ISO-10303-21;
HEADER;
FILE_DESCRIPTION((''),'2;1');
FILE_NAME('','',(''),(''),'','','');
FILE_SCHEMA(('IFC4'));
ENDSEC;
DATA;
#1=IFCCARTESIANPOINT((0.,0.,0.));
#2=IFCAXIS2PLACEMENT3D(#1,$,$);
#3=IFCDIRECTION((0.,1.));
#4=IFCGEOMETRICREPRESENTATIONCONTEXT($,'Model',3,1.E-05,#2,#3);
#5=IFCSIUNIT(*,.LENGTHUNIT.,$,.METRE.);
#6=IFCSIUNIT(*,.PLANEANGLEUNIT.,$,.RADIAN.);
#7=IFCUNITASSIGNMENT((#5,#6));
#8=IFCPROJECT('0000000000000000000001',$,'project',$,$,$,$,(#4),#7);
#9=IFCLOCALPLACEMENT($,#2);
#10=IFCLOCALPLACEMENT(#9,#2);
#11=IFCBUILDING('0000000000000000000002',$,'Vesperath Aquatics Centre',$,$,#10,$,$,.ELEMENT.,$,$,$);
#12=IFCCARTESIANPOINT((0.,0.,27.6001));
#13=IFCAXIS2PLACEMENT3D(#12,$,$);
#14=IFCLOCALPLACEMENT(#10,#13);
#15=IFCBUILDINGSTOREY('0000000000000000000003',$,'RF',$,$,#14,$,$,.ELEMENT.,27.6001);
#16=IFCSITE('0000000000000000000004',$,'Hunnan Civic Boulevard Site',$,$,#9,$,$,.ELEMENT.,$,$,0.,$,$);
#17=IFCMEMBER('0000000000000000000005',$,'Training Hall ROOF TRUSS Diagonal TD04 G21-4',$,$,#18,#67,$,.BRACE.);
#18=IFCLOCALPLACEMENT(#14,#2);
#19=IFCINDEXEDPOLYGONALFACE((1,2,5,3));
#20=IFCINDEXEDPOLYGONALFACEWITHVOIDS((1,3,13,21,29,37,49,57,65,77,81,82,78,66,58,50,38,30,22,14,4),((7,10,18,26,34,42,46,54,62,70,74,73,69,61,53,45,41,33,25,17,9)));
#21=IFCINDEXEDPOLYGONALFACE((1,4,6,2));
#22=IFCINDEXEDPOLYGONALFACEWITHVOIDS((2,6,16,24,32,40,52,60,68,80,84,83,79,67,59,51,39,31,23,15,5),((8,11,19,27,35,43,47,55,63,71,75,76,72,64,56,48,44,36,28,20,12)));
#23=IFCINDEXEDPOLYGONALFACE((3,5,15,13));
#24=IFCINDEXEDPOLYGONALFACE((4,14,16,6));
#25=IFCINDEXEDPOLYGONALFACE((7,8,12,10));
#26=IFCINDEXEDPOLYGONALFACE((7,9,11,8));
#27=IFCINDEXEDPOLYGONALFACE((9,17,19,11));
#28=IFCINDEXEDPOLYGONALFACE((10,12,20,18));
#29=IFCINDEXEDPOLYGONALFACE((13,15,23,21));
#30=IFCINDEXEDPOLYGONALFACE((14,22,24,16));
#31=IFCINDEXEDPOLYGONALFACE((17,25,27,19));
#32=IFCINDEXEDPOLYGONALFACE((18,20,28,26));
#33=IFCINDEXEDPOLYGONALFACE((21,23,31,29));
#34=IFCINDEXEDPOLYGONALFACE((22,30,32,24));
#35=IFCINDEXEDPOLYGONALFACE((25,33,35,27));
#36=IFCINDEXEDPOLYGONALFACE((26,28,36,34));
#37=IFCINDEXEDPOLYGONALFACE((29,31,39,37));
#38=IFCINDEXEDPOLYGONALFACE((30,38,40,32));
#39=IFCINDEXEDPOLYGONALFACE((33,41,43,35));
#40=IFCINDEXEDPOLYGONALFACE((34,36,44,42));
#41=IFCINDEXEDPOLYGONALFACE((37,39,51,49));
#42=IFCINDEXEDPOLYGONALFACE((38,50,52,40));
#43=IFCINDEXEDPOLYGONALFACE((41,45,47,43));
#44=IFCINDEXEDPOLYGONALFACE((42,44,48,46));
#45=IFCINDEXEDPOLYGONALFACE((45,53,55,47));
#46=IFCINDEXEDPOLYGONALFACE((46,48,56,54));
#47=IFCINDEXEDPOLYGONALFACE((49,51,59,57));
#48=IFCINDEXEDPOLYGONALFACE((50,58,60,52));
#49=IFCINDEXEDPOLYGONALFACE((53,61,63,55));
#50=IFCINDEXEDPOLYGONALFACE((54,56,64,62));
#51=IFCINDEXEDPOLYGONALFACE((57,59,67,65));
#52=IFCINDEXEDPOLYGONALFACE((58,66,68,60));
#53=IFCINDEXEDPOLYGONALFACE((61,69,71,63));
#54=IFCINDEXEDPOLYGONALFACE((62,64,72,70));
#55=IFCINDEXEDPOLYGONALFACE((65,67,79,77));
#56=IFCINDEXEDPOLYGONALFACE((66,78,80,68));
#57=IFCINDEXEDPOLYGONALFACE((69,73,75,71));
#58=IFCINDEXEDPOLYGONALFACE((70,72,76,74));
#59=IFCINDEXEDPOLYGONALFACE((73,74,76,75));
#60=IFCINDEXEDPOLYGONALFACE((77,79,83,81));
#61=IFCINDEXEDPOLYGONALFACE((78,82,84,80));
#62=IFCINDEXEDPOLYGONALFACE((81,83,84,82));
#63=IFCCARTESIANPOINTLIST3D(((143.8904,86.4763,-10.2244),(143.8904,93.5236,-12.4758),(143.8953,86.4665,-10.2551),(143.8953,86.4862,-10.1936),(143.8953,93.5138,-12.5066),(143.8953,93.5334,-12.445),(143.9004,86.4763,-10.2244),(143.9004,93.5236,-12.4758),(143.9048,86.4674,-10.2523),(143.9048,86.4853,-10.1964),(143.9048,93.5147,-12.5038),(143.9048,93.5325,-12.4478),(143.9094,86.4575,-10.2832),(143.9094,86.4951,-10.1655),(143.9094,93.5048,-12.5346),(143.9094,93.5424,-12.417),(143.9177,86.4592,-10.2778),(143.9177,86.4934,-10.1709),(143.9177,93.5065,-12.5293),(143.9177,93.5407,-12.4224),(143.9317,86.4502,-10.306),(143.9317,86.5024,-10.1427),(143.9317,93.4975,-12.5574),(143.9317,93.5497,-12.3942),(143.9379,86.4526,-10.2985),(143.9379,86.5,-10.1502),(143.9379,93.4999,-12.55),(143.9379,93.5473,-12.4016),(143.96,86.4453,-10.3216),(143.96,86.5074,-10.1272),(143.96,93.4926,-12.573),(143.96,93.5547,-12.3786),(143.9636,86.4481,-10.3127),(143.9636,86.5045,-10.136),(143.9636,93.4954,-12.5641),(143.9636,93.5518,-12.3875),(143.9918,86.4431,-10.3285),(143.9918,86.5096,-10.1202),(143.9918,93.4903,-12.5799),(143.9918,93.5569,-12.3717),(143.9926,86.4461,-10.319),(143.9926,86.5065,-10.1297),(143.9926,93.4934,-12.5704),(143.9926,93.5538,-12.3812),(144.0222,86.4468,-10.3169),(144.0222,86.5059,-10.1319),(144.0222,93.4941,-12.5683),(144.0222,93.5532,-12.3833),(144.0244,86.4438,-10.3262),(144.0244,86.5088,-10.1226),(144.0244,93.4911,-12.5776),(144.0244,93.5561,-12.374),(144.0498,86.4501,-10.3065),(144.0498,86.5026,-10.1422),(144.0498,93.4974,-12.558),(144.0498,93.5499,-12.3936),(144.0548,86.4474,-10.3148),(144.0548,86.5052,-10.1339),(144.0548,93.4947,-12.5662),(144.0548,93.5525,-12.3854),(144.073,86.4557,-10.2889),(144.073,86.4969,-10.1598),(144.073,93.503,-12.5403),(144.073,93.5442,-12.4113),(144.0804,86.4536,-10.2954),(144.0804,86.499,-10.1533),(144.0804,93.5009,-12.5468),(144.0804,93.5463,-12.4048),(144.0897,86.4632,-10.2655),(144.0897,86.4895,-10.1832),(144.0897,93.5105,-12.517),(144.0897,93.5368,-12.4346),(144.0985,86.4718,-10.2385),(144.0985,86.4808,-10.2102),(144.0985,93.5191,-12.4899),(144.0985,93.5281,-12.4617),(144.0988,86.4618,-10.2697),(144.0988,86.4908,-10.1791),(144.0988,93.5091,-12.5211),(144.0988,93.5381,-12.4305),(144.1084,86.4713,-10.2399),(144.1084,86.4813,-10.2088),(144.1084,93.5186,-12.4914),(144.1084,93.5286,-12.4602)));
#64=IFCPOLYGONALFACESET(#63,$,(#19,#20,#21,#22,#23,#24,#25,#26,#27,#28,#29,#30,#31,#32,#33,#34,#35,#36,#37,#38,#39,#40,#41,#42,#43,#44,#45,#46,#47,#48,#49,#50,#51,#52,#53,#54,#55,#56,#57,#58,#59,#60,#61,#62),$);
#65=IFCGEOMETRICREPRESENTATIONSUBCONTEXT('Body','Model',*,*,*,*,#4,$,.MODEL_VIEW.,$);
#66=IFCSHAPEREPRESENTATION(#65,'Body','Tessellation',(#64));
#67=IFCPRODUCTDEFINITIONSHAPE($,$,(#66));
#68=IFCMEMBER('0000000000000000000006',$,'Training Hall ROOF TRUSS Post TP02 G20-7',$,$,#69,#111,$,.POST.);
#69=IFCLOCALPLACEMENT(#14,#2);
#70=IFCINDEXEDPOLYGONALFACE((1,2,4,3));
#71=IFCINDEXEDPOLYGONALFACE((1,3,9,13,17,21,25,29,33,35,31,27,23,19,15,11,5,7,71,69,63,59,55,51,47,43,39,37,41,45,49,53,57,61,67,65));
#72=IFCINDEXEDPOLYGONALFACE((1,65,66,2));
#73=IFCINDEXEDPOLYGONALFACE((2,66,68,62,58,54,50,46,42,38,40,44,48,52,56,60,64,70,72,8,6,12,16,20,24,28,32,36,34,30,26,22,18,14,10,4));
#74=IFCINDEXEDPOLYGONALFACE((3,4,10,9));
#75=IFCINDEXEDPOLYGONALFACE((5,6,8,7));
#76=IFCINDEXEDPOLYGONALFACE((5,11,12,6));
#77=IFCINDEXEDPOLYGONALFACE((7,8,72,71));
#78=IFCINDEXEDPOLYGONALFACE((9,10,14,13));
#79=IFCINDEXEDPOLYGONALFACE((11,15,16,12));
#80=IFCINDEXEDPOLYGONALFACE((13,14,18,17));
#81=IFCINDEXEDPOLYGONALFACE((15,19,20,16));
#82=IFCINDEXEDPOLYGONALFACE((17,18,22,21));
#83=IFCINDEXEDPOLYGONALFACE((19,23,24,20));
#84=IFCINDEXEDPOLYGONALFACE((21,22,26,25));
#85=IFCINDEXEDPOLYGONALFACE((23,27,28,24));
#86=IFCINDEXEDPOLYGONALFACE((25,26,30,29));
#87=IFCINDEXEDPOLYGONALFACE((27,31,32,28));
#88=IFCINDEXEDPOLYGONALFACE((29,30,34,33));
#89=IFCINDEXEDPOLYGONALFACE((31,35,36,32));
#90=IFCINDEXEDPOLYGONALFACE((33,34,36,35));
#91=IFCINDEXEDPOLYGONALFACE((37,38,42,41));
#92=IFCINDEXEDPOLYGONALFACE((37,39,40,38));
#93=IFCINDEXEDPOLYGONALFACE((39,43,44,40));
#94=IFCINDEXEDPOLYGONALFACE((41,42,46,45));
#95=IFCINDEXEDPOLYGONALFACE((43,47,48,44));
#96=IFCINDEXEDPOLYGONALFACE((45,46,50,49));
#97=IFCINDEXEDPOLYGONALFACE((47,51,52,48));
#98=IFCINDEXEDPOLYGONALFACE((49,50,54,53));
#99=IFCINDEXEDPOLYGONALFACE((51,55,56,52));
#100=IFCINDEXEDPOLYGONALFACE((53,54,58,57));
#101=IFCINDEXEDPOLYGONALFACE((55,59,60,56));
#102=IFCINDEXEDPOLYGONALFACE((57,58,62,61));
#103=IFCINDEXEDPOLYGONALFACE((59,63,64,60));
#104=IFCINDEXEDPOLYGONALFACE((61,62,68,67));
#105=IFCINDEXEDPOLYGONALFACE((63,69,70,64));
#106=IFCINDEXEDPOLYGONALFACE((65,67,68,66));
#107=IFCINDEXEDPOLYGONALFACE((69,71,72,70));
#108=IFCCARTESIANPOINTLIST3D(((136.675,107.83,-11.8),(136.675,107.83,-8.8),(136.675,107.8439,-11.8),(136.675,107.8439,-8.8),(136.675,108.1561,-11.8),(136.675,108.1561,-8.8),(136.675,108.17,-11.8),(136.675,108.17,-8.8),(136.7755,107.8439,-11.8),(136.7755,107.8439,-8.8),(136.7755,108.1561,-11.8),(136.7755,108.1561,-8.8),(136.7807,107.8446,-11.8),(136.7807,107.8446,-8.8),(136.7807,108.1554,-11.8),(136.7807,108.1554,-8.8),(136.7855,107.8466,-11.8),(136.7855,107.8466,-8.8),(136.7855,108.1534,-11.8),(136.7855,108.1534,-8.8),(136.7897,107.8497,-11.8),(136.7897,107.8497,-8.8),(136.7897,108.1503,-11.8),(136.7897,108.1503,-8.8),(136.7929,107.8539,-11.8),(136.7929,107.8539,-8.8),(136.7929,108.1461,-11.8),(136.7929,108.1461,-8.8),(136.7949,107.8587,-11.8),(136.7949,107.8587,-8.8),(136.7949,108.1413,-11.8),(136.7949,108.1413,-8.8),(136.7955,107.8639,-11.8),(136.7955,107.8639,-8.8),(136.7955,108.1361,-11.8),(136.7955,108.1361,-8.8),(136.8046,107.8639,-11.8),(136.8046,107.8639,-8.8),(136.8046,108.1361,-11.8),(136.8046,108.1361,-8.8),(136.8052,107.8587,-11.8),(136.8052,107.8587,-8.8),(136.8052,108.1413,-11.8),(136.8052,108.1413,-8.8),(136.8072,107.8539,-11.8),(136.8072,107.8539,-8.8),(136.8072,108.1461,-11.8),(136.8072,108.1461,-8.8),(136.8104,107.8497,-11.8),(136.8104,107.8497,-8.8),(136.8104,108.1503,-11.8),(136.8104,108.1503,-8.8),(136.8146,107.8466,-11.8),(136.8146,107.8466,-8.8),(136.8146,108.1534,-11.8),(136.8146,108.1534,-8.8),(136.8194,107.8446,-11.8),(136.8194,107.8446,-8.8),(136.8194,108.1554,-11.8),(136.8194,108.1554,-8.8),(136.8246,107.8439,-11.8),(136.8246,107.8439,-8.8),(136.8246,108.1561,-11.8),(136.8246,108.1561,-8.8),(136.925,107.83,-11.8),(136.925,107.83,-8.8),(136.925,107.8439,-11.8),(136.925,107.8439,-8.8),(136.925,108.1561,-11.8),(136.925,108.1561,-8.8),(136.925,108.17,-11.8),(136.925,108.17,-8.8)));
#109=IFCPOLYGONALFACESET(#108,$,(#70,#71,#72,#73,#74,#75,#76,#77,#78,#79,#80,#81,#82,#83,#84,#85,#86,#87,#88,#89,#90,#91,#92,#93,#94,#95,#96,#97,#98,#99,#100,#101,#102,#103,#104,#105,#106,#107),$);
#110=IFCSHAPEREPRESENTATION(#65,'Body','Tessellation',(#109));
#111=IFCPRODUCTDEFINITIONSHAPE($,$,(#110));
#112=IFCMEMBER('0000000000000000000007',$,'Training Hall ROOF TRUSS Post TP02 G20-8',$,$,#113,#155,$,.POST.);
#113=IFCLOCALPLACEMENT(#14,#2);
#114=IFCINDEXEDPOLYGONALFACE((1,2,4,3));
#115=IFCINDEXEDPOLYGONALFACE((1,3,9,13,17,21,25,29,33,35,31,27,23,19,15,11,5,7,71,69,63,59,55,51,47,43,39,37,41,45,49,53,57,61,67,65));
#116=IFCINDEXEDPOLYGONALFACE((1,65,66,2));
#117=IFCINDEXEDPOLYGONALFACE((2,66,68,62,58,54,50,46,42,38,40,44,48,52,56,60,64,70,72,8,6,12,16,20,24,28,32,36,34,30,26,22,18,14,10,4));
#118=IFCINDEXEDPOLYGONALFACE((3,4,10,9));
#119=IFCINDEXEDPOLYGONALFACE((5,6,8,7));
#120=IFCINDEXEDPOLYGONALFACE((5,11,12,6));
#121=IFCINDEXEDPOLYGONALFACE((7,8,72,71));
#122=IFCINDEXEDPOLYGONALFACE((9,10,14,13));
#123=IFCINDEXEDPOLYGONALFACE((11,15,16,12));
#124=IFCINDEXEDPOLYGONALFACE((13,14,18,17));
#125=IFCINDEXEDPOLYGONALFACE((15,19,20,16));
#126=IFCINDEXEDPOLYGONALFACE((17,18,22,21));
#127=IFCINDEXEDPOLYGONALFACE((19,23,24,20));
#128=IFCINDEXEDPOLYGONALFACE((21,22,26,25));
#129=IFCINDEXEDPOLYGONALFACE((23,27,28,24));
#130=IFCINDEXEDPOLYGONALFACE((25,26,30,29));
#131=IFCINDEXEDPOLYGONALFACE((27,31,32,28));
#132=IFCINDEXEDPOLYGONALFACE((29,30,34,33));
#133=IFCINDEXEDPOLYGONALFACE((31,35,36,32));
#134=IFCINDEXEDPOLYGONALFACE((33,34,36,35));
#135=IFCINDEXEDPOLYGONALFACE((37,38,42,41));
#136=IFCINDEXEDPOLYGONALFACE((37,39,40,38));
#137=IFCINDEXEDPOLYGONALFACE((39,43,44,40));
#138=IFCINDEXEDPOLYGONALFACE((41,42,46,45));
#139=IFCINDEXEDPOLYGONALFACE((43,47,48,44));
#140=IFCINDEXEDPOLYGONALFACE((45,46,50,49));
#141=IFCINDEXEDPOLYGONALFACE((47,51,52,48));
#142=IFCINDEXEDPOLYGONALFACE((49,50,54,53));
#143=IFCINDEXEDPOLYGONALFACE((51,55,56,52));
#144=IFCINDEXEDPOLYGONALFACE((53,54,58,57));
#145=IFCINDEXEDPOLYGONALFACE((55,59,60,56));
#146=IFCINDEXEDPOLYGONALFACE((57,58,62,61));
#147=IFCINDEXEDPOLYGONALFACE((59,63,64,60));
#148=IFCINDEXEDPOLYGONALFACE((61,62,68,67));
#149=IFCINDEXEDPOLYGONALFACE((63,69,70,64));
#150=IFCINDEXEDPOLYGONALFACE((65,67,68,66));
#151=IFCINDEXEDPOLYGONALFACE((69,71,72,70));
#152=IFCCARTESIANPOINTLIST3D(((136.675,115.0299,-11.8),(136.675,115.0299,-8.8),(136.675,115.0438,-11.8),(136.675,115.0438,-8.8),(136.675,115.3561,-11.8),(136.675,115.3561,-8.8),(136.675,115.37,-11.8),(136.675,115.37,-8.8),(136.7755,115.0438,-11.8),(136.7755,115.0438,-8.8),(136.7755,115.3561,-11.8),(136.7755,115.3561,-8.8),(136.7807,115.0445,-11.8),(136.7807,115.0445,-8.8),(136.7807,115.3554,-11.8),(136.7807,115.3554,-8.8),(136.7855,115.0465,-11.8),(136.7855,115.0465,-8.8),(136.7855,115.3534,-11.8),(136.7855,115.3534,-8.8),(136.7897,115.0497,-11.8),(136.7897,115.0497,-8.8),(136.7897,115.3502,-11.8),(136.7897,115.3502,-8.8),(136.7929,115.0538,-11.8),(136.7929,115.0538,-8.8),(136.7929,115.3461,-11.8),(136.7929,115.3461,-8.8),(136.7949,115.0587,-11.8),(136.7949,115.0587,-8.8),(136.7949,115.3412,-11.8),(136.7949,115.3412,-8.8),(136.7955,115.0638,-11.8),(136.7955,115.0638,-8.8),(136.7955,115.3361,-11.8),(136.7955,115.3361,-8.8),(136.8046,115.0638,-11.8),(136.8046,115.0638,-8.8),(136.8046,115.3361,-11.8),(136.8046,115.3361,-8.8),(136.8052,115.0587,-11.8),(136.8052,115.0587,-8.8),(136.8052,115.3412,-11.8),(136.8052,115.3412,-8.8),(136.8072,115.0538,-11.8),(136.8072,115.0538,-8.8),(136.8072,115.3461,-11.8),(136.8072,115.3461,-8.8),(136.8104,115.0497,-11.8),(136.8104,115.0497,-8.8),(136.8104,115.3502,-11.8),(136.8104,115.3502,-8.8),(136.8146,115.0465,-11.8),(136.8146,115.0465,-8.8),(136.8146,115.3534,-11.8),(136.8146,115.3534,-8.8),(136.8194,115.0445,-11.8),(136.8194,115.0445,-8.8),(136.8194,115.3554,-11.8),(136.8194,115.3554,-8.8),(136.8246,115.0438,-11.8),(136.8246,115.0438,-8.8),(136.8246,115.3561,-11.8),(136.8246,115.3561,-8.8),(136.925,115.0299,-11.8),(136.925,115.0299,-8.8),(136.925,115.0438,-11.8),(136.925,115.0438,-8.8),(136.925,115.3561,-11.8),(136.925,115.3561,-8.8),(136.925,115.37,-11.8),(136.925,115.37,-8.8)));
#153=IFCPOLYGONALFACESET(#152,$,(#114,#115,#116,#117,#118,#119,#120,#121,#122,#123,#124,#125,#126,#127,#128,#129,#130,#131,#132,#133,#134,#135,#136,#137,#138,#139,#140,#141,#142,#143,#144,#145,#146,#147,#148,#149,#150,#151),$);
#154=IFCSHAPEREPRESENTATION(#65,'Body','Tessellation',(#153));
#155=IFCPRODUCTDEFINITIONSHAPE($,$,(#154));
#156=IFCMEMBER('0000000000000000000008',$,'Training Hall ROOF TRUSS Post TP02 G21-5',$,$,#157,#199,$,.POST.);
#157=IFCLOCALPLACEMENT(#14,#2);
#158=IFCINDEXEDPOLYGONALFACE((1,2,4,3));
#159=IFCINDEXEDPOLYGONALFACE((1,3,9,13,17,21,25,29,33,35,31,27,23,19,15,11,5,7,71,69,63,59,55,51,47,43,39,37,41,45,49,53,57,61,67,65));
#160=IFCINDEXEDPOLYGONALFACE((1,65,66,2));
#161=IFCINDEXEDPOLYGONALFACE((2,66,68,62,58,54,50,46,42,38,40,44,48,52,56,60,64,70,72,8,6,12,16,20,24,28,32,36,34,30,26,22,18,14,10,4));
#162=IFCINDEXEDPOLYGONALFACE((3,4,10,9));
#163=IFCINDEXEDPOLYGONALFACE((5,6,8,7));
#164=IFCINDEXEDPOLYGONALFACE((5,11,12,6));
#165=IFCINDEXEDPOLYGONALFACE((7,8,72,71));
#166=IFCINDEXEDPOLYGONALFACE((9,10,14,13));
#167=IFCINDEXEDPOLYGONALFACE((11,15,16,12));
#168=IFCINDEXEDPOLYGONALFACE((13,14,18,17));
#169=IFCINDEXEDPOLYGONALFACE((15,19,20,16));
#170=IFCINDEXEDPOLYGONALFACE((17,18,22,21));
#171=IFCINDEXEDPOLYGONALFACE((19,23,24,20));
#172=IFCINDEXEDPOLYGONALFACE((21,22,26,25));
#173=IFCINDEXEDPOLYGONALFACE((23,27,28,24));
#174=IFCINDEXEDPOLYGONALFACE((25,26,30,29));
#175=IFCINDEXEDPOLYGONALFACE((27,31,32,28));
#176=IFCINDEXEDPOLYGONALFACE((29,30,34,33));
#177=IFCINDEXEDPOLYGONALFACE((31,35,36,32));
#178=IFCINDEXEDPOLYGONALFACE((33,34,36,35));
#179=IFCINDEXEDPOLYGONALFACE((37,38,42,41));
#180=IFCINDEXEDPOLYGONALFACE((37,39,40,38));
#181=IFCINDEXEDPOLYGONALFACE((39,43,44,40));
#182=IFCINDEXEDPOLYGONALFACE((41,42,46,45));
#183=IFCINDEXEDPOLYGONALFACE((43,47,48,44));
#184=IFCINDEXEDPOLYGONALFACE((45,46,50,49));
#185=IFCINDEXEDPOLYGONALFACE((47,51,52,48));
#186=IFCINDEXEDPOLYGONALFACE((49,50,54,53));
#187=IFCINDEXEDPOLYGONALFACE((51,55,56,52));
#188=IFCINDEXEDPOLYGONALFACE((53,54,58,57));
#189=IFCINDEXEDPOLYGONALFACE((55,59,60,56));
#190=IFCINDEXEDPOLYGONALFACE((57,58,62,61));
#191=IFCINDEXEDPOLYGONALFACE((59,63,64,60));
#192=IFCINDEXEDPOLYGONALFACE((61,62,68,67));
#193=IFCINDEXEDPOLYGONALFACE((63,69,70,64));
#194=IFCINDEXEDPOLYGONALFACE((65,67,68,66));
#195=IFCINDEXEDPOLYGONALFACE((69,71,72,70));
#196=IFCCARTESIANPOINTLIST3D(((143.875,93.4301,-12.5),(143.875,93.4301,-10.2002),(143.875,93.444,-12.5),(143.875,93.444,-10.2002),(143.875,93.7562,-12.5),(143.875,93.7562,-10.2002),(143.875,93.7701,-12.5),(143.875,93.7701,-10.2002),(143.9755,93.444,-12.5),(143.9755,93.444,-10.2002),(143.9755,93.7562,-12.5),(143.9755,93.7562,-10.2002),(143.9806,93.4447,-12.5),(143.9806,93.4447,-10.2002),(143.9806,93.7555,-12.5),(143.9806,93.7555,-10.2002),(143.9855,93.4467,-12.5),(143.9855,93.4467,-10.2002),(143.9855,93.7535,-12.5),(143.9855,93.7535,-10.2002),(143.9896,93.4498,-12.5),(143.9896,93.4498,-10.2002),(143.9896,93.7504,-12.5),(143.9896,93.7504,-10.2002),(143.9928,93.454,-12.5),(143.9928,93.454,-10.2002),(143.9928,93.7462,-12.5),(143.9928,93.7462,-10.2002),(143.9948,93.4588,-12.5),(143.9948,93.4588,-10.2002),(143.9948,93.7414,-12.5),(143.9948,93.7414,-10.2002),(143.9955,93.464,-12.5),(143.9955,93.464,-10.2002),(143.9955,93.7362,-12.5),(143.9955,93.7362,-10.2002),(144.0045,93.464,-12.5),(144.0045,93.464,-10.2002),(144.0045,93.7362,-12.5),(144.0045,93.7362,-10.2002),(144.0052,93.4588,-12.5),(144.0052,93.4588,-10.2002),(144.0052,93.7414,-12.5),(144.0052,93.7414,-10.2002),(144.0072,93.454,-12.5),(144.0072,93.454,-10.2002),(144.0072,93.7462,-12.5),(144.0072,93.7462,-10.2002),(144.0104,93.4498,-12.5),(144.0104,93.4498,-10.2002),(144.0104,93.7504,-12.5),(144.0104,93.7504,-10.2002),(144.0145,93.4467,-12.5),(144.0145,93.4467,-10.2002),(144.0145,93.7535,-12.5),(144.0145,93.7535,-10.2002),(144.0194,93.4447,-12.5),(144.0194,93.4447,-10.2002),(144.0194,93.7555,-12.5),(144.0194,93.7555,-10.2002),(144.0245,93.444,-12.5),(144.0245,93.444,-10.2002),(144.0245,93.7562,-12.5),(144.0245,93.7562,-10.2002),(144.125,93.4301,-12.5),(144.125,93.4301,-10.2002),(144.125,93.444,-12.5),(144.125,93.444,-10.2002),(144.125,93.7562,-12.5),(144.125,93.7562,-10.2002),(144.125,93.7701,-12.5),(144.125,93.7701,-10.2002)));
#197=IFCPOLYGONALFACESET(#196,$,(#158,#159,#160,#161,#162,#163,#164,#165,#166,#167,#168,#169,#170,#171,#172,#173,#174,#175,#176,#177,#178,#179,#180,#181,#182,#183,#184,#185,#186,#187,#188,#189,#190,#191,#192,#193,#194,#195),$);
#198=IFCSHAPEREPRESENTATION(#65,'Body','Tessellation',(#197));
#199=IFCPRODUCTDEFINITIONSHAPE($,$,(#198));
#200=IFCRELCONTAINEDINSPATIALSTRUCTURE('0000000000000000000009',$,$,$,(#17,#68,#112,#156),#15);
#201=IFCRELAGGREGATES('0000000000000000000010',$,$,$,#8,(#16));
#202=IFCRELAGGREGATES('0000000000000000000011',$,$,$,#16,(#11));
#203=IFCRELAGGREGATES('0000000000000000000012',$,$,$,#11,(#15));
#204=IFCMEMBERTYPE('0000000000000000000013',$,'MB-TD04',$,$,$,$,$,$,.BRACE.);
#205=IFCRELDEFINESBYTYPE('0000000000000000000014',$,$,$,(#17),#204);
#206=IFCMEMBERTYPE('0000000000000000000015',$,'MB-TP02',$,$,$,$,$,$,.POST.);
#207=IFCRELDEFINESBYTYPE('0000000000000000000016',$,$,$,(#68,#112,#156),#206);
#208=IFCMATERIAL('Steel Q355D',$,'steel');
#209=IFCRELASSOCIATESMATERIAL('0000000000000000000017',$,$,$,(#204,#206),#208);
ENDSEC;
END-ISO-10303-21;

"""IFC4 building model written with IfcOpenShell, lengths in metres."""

from ifc_helpers import new_model, si_unit, direction, frame, origin, origin_2d, place, context, subcontext, project, spatial, hollow_circle, i_section, extrude, material, material_profile, profile_set, type_object, element, save


model = new_model("IFC4")

# Units and contexts
model_context = context("Model", 3, precision=1e-05, world=origin(), true_north=direction((0.0, 1.0)))
body_context = subcontext(model_context, "Body", "Model", "MODEL_VIEW")
ifc_project = project(units=[si_unit("LENGTHUNIT", "METRE"), si_unit("PLANEANGLEUNIT", "RADIAN")], contexts=[model_context])

# Site, building, storey
site_placement = place(None, origin())
site = spatial("IfcSite", under=ifc_project, at=site_placement, Name="Hunnan Civic Boulevard Site", CompositionType="ELEMENT", RefElevation=0.0)
building_placement = place(site_placement, origin())
building = spatial("IfcBuilding", under=site, at=building_placement, Name="Vesperath Aquatics Centre", CompositionType="ELEMENT")
storey_placement = place(building_placement, frame((0.0, 0.0, 27.6001)))
storey = spatial("IfcBuildingStorey", under=building, at=storey_placement, Name="RF", CompositionType="ELEMENT", Elevation=27.6001)

# Members
ifc_material_1 = material(Name="Steel Q355D", Category="steel")
ifc_material_profile_1 = material_profile(ifc_material_1, hollow_circle(Radius=0.1096, WallThickness=0.01, at=origin_2d()), Name="CHS 219.1x10")
ifc_profile_set_1 = profile_set([ifc_material_profile_1], Name="Steel Q355D")
member_type_1 = type_object("IfcMemberType", Name="MB-TD04", PredefinedType="BRACE", material=ifc_profile_set_1)
member_1_placement = place(storey_placement, frame((144.0, 86.4763, -10.2244), z_axis=(0.0, 0.952569, -0.304323), x_axis=(-1.0, 0.0, 0.0)))
element("IfcMember", 1, at=member_1_placement, inside=storey, type_object=member_type_1, Name="Training Hall ROOF TRUSS Diagonal TD04 G21-4", PredefinedType="BRACE", context=body_context, shape_type="SweptSolid", body=[
    extrude(hollow_circle(Radius=0.1096, WallThickness=0.01, at=origin_2d()), origin(), (0.0, 0.0, 1.0), 7.3982),
])
ifc_material_profile_2 = material_profile(ifc_material_1, i_section(OverallWidth=0.25, OverallDepth=0.3401, WebThickness=0.009, FlangeThickness=0.0139, FilletRadius=0.02, at=origin_2d()), Name="HM 340x250x9x14")
ifc_profile_set_2 = profile_set([ifc_material_profile_2], Name="Steel Q355D")
member_type_2 = type_object("IfcMemberType", Name="MB-TP02", PredefinedType="POST", material=ifc_profile_set_2)
for number, where, z_axis, x_axis, name in (
    (2, (136.8, 108.0, -11.8), (0.0, 0.0, 1.0), (1.0, 0.0, 0.0), "Training Hall ROOF TRUSS Post TP02 G20-7"),
    (3, (136.8, 115.2, -11.8), (0.0, 0.0, 1.0), (1.0, 0.0, 0.0), "Training Hall ROOF TRUSS Post TP02 G20-8"),
):
    element("IfcMember", number, at=place(storey_placement, frame(where, z_axis=z_axis, x_axis=x_axis)), inside=storey, type_object=member_type_2, Name=name, PredefinedType="POST", context=body_context, shape_type="SweptSolid", body=[
        extrude(i_section(OverallWidth=0.25, OverallDepth=0.3401, WebThickness=0.009, FlangeThickness=0.0139, FilletRadius=0.02, at=origin_2d()), origin(), (0.0, 0.0, 1.0), 3.0),
    ])
member_2_placement = place(storey_placement, frame((144.0, 93.6001, -12.5), z_axis=(0.0, 0.0, 1.0), x_axis=(1.0, 0.0, 0.0)))
element("IfcMember", 4, at=member_2_placement, inside=storey, type_object=member_type_2, Name="Training Hall ROOF TRUSS Post TP02 G21-5", PredefinedType="POST", context=body_context, shape_type="SweptSolid", body=[
    extrude(i_section(OverallWidth=0.25, OverallDepth=0.3401, WebThickness=0.009, FlangeThickness=0.0139, FilletRadius=0.02, at=origin_2d()), origin(), (0.0, 0.0, 1.0), 2.2998),
])

save(model, "model.ifc")
